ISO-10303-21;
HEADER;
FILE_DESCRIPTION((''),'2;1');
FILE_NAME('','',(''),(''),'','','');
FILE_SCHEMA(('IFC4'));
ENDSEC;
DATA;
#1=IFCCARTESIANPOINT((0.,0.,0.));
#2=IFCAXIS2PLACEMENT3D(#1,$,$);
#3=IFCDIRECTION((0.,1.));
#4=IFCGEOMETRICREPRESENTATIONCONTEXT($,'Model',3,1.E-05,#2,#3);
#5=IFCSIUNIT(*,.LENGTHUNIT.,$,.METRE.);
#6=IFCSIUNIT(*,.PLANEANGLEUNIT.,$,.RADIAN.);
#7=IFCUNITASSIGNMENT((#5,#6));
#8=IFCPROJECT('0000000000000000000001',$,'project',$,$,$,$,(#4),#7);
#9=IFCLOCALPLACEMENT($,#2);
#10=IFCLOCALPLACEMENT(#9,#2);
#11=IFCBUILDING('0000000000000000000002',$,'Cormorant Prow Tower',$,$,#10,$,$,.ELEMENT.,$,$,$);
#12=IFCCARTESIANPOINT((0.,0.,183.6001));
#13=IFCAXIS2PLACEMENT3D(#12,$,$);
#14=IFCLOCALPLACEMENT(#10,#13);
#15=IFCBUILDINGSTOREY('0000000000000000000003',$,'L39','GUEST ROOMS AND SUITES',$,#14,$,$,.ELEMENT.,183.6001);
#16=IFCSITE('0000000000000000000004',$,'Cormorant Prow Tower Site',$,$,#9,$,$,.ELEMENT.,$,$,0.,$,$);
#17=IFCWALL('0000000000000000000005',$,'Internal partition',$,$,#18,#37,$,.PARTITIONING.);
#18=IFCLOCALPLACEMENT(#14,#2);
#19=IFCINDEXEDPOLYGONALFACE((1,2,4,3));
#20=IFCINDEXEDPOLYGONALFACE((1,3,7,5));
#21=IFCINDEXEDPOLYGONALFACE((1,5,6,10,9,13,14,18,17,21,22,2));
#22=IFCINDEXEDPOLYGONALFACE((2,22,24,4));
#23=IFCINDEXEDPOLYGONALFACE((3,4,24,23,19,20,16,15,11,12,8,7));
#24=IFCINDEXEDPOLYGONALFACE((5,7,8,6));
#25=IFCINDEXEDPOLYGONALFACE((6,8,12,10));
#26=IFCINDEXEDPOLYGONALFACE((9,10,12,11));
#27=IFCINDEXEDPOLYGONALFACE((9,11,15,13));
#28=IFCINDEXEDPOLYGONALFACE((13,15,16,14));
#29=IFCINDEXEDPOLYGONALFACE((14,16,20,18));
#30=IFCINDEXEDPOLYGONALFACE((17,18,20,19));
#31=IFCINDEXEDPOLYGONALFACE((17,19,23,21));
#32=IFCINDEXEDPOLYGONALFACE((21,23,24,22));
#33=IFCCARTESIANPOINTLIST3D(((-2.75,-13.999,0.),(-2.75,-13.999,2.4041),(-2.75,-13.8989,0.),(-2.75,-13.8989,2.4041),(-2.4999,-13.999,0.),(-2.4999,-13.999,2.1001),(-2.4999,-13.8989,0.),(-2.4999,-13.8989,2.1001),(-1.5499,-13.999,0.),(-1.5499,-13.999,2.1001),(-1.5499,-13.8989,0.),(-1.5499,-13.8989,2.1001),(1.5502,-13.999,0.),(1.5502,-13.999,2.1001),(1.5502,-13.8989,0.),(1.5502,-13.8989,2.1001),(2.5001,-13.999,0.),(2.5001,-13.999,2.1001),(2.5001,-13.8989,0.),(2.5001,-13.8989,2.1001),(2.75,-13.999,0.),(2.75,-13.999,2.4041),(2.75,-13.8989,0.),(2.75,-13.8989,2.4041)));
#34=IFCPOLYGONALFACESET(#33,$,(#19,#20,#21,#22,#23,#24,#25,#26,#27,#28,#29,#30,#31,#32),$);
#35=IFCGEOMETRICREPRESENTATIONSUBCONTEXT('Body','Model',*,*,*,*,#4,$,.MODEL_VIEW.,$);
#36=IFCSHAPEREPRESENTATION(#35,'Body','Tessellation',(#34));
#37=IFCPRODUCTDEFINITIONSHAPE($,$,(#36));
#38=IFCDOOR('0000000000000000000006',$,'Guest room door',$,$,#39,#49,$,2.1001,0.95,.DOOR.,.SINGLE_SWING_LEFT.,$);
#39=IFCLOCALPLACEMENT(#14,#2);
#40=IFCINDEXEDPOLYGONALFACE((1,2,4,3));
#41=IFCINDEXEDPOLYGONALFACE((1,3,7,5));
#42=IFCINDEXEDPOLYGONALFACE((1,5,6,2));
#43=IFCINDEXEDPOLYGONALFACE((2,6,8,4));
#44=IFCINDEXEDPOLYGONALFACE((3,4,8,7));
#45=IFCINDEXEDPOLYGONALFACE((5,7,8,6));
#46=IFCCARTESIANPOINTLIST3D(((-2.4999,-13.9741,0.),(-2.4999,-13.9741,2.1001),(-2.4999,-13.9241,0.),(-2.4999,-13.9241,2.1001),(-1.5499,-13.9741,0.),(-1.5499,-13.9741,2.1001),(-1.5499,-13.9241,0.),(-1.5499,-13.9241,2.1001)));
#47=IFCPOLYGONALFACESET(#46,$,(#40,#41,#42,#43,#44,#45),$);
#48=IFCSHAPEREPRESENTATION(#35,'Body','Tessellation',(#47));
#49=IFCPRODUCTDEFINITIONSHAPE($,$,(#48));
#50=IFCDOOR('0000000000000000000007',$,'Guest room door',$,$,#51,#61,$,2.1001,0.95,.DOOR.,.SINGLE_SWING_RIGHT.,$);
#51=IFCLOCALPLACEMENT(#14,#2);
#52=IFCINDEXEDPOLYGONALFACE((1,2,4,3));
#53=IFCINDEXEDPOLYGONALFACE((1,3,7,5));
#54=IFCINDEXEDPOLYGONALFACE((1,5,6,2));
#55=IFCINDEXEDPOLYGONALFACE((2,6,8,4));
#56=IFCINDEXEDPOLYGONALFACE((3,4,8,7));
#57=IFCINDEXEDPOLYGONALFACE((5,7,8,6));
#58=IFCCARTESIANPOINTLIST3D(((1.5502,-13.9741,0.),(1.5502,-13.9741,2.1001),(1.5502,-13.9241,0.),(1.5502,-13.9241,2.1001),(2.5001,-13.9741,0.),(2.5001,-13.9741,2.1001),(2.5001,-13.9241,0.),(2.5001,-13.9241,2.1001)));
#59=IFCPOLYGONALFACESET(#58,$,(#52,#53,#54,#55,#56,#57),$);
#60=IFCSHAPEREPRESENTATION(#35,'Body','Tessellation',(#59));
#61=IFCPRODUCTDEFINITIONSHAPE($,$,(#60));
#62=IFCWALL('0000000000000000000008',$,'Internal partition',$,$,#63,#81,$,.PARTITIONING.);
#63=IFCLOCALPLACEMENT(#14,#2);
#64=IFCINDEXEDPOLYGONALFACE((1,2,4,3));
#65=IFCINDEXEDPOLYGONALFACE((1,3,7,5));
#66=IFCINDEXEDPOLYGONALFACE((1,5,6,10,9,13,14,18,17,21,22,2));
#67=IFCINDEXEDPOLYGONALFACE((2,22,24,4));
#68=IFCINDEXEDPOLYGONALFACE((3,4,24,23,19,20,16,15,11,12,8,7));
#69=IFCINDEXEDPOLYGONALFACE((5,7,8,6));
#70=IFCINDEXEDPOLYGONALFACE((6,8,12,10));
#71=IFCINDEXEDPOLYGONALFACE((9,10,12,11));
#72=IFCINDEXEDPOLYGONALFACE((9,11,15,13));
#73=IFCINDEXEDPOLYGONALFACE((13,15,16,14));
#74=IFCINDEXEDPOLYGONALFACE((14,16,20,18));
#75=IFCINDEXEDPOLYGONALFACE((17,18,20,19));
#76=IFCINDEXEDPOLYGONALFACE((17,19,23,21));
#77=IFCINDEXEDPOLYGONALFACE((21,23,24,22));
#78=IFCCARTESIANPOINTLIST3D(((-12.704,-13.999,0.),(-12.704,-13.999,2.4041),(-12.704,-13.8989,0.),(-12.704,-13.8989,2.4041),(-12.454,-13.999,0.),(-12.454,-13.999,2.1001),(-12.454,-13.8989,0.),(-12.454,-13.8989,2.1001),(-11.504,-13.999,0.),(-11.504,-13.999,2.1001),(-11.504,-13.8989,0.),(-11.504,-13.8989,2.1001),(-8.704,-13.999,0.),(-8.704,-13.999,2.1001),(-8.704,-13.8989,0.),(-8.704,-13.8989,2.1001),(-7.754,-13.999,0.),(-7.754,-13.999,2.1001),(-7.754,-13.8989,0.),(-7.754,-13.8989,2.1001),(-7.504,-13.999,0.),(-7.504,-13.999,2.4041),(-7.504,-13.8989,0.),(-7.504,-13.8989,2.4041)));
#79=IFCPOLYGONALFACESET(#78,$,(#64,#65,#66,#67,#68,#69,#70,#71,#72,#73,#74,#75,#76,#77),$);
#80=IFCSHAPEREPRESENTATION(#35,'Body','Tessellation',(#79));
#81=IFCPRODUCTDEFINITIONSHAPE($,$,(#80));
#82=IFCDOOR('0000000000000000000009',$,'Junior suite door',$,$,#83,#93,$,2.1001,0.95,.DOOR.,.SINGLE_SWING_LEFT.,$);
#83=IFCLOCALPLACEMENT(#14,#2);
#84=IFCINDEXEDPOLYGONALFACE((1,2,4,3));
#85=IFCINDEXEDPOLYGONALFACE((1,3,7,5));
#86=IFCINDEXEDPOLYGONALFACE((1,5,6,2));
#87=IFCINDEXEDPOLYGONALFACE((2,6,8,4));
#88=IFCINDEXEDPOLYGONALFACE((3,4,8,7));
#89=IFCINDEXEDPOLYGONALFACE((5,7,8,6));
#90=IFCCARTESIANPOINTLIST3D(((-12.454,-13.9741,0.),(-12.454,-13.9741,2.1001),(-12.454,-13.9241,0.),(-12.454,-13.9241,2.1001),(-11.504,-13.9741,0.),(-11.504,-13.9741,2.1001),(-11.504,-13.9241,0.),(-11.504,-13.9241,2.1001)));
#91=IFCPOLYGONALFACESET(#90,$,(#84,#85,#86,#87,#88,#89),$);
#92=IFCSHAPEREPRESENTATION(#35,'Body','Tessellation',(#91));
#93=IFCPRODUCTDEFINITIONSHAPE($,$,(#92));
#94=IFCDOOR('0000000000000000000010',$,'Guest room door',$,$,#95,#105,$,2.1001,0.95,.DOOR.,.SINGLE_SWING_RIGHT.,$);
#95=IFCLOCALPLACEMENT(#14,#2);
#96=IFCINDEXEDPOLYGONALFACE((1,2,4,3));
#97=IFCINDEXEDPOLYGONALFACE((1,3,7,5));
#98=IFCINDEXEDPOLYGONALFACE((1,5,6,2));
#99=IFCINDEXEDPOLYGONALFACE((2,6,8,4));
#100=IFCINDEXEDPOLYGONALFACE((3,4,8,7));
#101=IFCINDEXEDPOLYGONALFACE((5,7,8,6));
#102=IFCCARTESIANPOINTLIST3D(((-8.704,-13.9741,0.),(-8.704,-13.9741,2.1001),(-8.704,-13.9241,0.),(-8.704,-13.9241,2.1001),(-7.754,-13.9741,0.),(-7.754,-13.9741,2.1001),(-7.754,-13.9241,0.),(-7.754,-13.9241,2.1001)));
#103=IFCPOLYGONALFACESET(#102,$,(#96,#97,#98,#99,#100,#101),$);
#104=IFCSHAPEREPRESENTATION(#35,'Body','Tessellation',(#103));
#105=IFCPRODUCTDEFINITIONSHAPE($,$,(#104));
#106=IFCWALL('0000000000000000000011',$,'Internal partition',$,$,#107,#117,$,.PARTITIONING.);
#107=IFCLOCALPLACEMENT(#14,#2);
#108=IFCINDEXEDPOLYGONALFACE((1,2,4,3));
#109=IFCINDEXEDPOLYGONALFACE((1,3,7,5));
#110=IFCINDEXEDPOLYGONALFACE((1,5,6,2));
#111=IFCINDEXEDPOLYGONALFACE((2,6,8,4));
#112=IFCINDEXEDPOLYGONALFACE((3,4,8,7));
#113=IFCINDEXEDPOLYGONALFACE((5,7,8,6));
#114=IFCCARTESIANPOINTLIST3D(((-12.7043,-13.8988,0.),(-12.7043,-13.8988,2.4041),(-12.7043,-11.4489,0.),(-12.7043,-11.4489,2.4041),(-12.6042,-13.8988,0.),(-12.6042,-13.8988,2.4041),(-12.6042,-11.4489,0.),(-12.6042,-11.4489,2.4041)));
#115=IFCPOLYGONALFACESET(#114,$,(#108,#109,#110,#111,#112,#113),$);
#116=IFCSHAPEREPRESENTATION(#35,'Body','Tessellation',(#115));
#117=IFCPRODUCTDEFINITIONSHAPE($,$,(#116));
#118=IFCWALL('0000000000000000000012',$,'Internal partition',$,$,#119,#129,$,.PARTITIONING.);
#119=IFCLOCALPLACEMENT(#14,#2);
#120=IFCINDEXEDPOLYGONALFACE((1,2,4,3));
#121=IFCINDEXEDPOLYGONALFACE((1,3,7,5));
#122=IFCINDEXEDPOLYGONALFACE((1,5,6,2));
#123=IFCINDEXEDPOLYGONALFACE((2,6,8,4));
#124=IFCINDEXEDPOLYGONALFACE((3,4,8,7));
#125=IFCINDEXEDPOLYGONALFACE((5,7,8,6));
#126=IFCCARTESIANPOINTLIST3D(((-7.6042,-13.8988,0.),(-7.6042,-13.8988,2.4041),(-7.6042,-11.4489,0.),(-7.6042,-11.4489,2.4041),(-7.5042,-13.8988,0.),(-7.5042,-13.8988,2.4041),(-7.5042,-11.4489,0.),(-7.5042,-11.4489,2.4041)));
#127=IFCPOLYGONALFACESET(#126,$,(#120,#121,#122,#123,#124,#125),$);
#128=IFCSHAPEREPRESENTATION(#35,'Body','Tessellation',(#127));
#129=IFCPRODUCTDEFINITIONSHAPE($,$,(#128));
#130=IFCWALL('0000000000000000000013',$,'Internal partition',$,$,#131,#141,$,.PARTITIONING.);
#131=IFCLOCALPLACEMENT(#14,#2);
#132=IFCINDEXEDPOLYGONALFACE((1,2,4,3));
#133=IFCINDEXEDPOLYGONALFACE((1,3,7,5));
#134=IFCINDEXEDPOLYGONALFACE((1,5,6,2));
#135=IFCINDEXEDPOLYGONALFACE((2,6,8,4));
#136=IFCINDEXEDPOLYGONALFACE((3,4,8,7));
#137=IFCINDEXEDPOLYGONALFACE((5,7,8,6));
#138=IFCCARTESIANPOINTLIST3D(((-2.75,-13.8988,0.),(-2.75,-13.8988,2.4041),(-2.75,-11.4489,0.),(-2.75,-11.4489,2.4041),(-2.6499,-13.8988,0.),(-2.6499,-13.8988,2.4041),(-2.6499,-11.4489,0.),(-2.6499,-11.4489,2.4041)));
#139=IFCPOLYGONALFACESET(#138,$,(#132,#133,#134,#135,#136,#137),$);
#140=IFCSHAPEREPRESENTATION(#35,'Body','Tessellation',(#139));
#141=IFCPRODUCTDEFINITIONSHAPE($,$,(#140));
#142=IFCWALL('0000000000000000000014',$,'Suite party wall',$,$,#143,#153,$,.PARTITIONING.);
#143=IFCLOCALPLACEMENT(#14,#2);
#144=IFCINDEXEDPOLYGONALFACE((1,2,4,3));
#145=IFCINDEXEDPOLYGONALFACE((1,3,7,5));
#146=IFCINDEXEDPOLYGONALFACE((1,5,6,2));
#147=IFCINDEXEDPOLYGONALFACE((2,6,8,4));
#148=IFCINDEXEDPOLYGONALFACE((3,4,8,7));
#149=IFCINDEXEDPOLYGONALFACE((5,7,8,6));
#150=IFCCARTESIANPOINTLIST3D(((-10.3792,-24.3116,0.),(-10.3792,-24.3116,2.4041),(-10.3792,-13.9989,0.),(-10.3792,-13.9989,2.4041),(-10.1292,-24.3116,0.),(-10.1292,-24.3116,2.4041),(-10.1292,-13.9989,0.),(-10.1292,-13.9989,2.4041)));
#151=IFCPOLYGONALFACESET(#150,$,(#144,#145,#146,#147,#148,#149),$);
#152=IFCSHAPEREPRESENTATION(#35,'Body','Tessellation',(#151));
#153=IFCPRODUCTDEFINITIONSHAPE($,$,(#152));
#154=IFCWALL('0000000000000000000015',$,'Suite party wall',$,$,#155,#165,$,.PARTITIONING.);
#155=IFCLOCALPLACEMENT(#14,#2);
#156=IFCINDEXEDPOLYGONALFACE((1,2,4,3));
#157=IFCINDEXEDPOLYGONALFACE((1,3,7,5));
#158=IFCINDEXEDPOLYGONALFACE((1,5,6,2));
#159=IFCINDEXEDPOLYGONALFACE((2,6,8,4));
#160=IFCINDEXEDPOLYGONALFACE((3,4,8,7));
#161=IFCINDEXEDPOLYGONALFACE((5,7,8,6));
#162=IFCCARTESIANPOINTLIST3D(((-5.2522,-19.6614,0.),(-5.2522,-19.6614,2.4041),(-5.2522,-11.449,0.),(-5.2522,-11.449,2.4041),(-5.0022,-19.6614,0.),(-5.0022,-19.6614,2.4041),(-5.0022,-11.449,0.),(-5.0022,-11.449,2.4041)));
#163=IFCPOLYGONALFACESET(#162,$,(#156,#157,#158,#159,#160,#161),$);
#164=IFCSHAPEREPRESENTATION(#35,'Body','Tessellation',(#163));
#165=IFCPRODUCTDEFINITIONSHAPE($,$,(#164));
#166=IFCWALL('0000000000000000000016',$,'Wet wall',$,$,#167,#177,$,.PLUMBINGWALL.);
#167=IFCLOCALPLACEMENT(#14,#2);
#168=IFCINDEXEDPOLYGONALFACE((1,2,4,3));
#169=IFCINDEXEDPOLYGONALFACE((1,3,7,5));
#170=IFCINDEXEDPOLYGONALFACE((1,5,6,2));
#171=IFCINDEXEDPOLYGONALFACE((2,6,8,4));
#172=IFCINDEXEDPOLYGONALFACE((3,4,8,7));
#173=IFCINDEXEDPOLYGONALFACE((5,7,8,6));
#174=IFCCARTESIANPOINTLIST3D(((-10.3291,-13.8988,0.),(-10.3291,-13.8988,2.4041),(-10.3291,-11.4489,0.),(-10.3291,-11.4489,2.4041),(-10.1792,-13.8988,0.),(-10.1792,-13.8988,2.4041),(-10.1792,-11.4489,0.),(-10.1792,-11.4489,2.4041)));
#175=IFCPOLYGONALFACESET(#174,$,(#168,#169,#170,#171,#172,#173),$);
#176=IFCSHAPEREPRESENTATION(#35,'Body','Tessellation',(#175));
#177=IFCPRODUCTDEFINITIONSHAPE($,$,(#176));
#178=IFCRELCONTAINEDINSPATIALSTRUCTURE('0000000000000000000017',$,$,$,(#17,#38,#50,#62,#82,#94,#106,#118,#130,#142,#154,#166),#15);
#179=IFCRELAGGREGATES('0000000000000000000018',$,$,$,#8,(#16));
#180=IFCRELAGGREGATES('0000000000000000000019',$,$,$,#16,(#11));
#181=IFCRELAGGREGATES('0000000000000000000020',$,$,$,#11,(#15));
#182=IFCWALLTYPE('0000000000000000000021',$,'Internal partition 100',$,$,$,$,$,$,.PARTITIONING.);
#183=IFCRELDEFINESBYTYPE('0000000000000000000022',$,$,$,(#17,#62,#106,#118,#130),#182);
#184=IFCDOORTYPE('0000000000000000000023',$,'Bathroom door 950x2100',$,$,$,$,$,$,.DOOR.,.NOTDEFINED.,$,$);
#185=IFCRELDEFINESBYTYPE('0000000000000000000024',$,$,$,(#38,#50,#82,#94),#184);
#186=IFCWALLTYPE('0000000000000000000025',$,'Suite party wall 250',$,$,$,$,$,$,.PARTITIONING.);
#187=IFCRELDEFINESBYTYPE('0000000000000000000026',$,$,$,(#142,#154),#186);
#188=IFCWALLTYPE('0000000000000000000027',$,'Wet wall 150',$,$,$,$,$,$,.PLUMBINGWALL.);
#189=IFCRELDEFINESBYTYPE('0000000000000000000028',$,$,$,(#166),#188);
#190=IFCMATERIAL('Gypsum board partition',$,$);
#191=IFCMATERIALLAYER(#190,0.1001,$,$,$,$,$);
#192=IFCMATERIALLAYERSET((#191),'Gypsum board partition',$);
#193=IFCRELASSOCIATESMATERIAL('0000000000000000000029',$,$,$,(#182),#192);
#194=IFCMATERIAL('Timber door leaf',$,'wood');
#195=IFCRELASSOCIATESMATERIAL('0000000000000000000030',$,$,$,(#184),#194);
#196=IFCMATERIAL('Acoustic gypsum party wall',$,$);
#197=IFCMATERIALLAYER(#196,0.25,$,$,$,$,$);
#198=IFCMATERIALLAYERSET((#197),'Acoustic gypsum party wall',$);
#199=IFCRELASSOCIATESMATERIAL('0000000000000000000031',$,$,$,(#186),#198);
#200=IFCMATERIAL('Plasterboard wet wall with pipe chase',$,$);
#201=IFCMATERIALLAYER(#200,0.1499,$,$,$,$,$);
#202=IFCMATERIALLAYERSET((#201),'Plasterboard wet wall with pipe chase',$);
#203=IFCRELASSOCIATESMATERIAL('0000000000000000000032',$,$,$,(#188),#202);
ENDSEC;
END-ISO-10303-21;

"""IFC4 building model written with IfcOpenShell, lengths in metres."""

from ifc_helpers import new_model, si_unit, direction, frame, frame_2d, origin, place, context, subcontext, project, spatial, rectangle, extrude, material, layer, layer_set, type_object, element, fill, save


model = new_model("IFC4")

# Units and contexts
model_context = context("Model", 3, precision=1e-05, world=origin(), true_north=direction((0.0, 1.0)))
body_context = subcontext(model_context, "Body", "Model", "MODEL_VIEW")
ifc_project = project(units=[si_unit("LENGTHUNIT", "METRE"), si_unit("PLANEANGLEUNIT", "RADIAN")], contexts=[model_context])

# Site, building, storey
site_placement = place(None, origin())
site = spatial("IfcSite", under=ifc_project, at=site_placement, Name="Cormorant Prow Tower Site", CompositionType="ELEMENT", RefElevation=0.0)
building_placement = place(site_placement, origin())
building = spatial("IfcBuilding", under=site, at=building_placement, Name="Cormorant Prow Tower", CompositionType="ELEMENT")
storey_placement = place(building_placement, frame((0.0, 0.0, 183.6001)))
storey = spatial("IfcBuildingStorey", under=building, at=storey_placement, Name="L39", Description="GUEST ROOMS AND SUITES", CompositionType="ELEMENT", Elevation=183.6001)

# Walls, openings, doors
ifc_material_1 = material(Name="Gypsum board partition")
ifc_layer_1 = layer(ifc_material_1, 0.1001)
ifc_layer_set_1 = layer_set([ifc_layer_1], Name="Gypsum board partition")
wall_type_1 = type_object("IfcWallType", Name="Internal partition 100", PredefinedType="PARTITIONING", material=ifc_layer_set_1)
wall_1_placement = place(storey_placement, frame((-2.75, -13.949, 0.0), z_axis=(0.0, 0.0, 1.0), x_axis=(1.0, 0.0, 0.0)))
wall_1 = element("IfcWall", 1, at=wall_1_placement, inside=storey, type_object=wall_type_1, Name="Internal partition", PredefinedType="PARTITIONING", context=body_context, shape_type="SweptSolid", body=[
    extrude(rectangle(XDim=5.5, YDim=0.1001, at=frame_2d((2.75, 0.0))), origin(), (0.0, 0.0, 1.0), 2.4041),
])
opening_1_placement = place(wall_1_placement, frame((0.25, 0.0, 0.0)))
opening_1 = element("IfcOpeningElement", 2, at=opening_1_placement, cuts=wall_1, PredefinedType="OPENING", context=body_context, shape_type="SweptSolid", body=[
    extrude(rectangle(XDim=0.95, YDim=2.1001, at=frame_2d((0.4751, 1.05))), frame((0.0, 0.0601, 0.0), z_axis=(0.0, -1.0, 0.0), x_axis=(1.0, 0.0, 0.0)), (0.0, 0.0, 1.0), 0.1201),
])
opening_2_placement = place(wall_1_placement, frame((4.3, 0.0, 0.0)))
opening_2 = element("IfcOpeningElement", 3, at=opening_2_placement, cuts=wall_1, PredefinedType="OPENING", context=body_context, shape_type="SweptSolid", body=[
    extrude(rectangle(XDim=0.95, YDim=2.1001, at=frame_2d((0.4751, 1.05))), frame((0.0, 0.0601, 0.0), z_axis=(0.0, -1.0, 0.0), x_axis=(1.0, 0.0, 0.0)), (0.0, 0.0, 1.0), 0.1201),
])
ifc_material_2 = material(Name="Timber door leaf", Category="wood")
door_type_1 = type_object("IfcDoorType", Name="Bathroom door 950x2100", OperationType="NOTDEFINED", PredefinedType="DOOR", material=ifc_material_2)
door_1_placement = place(opening_1_placement, origin())
door_1 = element("IfcDoor", 4, at=door_1_placement, inside=storey, type_object=door_type_1, Name="Guest room door", OperationType="SINGLE_SWING_LEFT", OverallHeight=2.1001, OverallWidth=0.95, PredefinedType="DOOR", context=body_context, shape_type="SweptSolid", body=[
    extrude(rectangle(XDim=0.95, YDim=2.1001, at=frame_2d((0.4751, 1.05))), frame((0.0, 0.0249, 0.0), z_axis=(0.0, -1.0, 0.0), x_axis=(1.0, 0.0, 0.0)), (0.0, 0.0, 1.0), 0.05),
])
fill(opening_1, door_1)
door_2_placement = place(opening_2_placement, origin())
door_2 = element("IfcDoor", 5, at=door_2_placement, inside=storey, type_object=door_type_1, Name="Guest room door", OperationType="SINGLE_SWING_RIGHT", OverallHeight=2.1001, OverallWidth=0.95, PredefinedType="DOOR", context=body_context, shape_type="SweptSolid", body=[
    extrude(rectangle(XDim=0.95, YDim=2.1001, at=frame_2d((0.4751, 1.05))), frame((0.0, 0.0249, 0.0), z_axis=(0.0, -1.0, 0.0), x_axis=(1.0, 0.0, 0.0)), (0.0, 0.0, 1.0), 0.05),
])
fill(opening_2, door_2)
wall_2_placement = place(storey_placement, frame((-12.7041, -13.949, 0.0), z_axis=(0.0, 0.0, 1.0), x_axis=(1.0, 0.0, 0.0)))
wall_2 = element("IfcWall", 6, at=wall_2_placement, inside=storey, type_object=wall_type_1, Name="Internal partition", PredefinedType="PARTITIONING", context=body_context, shape_type="SweptSolid", body=[
    extrude(rectangle(XDim=5.2, YDim=0.1001, at=frame_2d((2.6001, 0.0))), origin(), (0.0, 0.0, 1.0), 2.4041),
])
opening_3_placement = place(wall_2_placement, frame((0.25, 0.0, 0.0)))
opening_3 = element("IfcOpeningElement", 7, at=opening_3_placement, cuts=wall_2, PredefinedType="OPENING", context=body_context, shape_type="SweptSolid", body=[
    extrude(rectangle(XDim=0.95, YDim=2.1001, at=frame_2d((0.4751, 1.05))), frame((0.0, 0.0601, 0.0), z_axis=(0.0, -1.0, 0.0), x_axis=(1.0, 0.0, 0.0)), (0.0, 0.0, 1.0), 0.1201),
])
opening_4_placement = place(wall_2_placement, frame((4.0, 0.0, 0.0)))
opening_4 = element("IfcOpeningElement", 8, at=opening_4_placement, cuts=wall_2, PredefinedType="OPENING", context=body_context, shape_type="SweptSolid", body=[
    extrude(rectangle(XDim=0.95, YDim=2.1001, at=frame_2d((0.4751, 1.05))), frame((0.0, 0.0601, 0.0), z_axis=(0.0, -1.0, 0.0), x_axis=(1.0, 0.0, 0.0)), (0.0, 0.0, 1.0), 0.1201),
])
door_3_placement = place(opening_3_placement, origin())
door_3 = element("IfcDoor", 9, at=door_3_placement, inside=storey, type_object=door_type_1, Name="Junior suite door", OperationType="SINGLE_SWING_LEFT", OverallHeight=2.1001, OverallWidth=0.95, PredefinedType="DOOR", context=body_context, shape_type="SweptSolid", body=[
    extrude(rectangle(XDim=0.95, YDim=2.1001, at=frame_2d((0.4751, 1.05))), frame((0.0, 0.0249, 0.0), z_axis=(0.0, -1.0, 0.0), x_axis=(1.0, 0.0, 0.0)), (0.0, 0.0, 1.0), 0.05),
])
fill(opening_3, door_3)
door_4_placement = place(opening_4_placement, origin())
door_4 = element("IfcDoor", 10, at=door_4_placement, inside=storey, type_object=door_type_1, Name="Guest room door", OperationType="SINGLE_SWING_RIGHT", OverallHeight=2.1001, OverallWidth=0.95, PredefinedType="DOOR", context=body_context, shape_type="SweptSolid", body=[
    extrude(rectangle(XDim=0.95, YDim=2.1001, at=frame_2d((0.4751, 1.05))), frame((0.0, 0.0249, 0.0), z_axis=(0.0, -1.0, 0.0), x_axis=(1.0, 0.0, 0.0)), (0.0, 0.0, 1.0), 0.05),
])
fill(opening_4, door_4)

# Walls
for number, where, z_axis, x_axis, name in (
    (11, (-12.6543, -13.8989, 0.0), (0.0, 0.0, 1.0), (0.0, 1.0, 0.0), "Internal partition"),
    (12, (-7.5542, -13.8989, 0.0), (0.0, 0.0, 1.0), (0.0, 1.0, 0.0), "Internal partition"),
    (13, (-2.7, -13.8989, 0.0), (0.0, 0.0, 1.0), (0.0, 1.0, 0.0), "Internal partition"),
):
    element("IfcWall", number, at=place(storey_placement, frame(where, z_axis=z_axis, x_axis=x_axis)), inside=storey, type_object=wall_type_1, Name=name, PredefinedType="PARTITIONING", context=body_context, shape_type="SweptSolid", body=[
        extrude(rectangle(XDim=2.45, YDim=0.1001, at=frame_2d((1.2251, 0.0))), origin(), (0.0, 0.0, 1.0), 2.4041),
    ])
ifc_material_3 = material(Name="Acoustic gypsum party wall")
ifc_layer_2 = layer(ifc_material_3, 0.25)
ifc_layer_set_2 = layer_set([ifc_layer_2], Name="Acoustic gypsum party wall")
wall_type_2 = type_object("IfcWallType", Name="Suite party wall 250", PredefinedType="PARTITIONING", material=ifc_layer_set_2)
wall_3_placement = place(storey_placement, frame((-10.2542, -24.3115, 0.0), z_axis=(0.0, 0.0, 1.0), x_axis=(0.0, 1.0, 0.0)))
element("IfcWall", 14, at=wall_3_placement, inside=storey, type_object=wall_type_2, Name="Suite party wall", PredefinedType="PARTITIONING", context=body_context, shape_type="SweptSolid", body=[
    extrude(rectangle(XDim=10.3127, YDim=0.25, at=frame_2d((5.1562, 0.0))), origin(), (0.0, 0.0, 1.0), 2.4041),
])
wall_4_placement = place(storey_placement, frame((-5.1272, -19.6614, 0.0), z_axis=(0.0, 0.0, 1.0), x_axis=(0.0, 1.0, 0.0)))
element("IfcWall", 15, at=wall_4_placement, inside=storey, type_object=wall_type_2, Name="Suite party wall", PredefinedType="PARTITIONING", context=body_context, shape_type="SweptSolid", body=[
    extrude(rectangle(XDim=8.2124, YDim=0.25, at=frame_2d((4.1062, 0.0))), origin(), (0.0, 0.0, 1.0), 2.4041),
])

# Wall
ifc_material_4 = material(Name="Plasterboard wet wall with pipe chase")
ifc_layer_3 = layer(ifc_material_4, 0.1499)
ifc_layer_set_3 = layer_set([ifc_layer_3], Name="Plasterboard wet wall with pipe chase")
wall_type_3 = type_object("IfcWallType", Name="Wet wall 150", PredefinedType="PLUMBINGWALL", material=ifc_layer_set_3)
wall_5_placement = place(storey_placement, frame((-10.2542, -13.8989, 0.0), z_axis=(0.0, 0.0, 1.0), x_axis=(0.0, 1.0, 0.0)))
element("IfcWall", 16, at=wall_5_placement, inside=storey, type_object=wall_type_3, Name="Wet wall", PredefinedType="PLUMBINGWALL", context=body_context, shape_type="SweptSolid", body=[
    extrude(rectangle(XDim=2.45, YDim=0.1499, at=frame_2d((1.2251, 0.0))), origin(), (0.0, 0.0, 1.0), 2.4041),
])

save(model, "model.ifc")
